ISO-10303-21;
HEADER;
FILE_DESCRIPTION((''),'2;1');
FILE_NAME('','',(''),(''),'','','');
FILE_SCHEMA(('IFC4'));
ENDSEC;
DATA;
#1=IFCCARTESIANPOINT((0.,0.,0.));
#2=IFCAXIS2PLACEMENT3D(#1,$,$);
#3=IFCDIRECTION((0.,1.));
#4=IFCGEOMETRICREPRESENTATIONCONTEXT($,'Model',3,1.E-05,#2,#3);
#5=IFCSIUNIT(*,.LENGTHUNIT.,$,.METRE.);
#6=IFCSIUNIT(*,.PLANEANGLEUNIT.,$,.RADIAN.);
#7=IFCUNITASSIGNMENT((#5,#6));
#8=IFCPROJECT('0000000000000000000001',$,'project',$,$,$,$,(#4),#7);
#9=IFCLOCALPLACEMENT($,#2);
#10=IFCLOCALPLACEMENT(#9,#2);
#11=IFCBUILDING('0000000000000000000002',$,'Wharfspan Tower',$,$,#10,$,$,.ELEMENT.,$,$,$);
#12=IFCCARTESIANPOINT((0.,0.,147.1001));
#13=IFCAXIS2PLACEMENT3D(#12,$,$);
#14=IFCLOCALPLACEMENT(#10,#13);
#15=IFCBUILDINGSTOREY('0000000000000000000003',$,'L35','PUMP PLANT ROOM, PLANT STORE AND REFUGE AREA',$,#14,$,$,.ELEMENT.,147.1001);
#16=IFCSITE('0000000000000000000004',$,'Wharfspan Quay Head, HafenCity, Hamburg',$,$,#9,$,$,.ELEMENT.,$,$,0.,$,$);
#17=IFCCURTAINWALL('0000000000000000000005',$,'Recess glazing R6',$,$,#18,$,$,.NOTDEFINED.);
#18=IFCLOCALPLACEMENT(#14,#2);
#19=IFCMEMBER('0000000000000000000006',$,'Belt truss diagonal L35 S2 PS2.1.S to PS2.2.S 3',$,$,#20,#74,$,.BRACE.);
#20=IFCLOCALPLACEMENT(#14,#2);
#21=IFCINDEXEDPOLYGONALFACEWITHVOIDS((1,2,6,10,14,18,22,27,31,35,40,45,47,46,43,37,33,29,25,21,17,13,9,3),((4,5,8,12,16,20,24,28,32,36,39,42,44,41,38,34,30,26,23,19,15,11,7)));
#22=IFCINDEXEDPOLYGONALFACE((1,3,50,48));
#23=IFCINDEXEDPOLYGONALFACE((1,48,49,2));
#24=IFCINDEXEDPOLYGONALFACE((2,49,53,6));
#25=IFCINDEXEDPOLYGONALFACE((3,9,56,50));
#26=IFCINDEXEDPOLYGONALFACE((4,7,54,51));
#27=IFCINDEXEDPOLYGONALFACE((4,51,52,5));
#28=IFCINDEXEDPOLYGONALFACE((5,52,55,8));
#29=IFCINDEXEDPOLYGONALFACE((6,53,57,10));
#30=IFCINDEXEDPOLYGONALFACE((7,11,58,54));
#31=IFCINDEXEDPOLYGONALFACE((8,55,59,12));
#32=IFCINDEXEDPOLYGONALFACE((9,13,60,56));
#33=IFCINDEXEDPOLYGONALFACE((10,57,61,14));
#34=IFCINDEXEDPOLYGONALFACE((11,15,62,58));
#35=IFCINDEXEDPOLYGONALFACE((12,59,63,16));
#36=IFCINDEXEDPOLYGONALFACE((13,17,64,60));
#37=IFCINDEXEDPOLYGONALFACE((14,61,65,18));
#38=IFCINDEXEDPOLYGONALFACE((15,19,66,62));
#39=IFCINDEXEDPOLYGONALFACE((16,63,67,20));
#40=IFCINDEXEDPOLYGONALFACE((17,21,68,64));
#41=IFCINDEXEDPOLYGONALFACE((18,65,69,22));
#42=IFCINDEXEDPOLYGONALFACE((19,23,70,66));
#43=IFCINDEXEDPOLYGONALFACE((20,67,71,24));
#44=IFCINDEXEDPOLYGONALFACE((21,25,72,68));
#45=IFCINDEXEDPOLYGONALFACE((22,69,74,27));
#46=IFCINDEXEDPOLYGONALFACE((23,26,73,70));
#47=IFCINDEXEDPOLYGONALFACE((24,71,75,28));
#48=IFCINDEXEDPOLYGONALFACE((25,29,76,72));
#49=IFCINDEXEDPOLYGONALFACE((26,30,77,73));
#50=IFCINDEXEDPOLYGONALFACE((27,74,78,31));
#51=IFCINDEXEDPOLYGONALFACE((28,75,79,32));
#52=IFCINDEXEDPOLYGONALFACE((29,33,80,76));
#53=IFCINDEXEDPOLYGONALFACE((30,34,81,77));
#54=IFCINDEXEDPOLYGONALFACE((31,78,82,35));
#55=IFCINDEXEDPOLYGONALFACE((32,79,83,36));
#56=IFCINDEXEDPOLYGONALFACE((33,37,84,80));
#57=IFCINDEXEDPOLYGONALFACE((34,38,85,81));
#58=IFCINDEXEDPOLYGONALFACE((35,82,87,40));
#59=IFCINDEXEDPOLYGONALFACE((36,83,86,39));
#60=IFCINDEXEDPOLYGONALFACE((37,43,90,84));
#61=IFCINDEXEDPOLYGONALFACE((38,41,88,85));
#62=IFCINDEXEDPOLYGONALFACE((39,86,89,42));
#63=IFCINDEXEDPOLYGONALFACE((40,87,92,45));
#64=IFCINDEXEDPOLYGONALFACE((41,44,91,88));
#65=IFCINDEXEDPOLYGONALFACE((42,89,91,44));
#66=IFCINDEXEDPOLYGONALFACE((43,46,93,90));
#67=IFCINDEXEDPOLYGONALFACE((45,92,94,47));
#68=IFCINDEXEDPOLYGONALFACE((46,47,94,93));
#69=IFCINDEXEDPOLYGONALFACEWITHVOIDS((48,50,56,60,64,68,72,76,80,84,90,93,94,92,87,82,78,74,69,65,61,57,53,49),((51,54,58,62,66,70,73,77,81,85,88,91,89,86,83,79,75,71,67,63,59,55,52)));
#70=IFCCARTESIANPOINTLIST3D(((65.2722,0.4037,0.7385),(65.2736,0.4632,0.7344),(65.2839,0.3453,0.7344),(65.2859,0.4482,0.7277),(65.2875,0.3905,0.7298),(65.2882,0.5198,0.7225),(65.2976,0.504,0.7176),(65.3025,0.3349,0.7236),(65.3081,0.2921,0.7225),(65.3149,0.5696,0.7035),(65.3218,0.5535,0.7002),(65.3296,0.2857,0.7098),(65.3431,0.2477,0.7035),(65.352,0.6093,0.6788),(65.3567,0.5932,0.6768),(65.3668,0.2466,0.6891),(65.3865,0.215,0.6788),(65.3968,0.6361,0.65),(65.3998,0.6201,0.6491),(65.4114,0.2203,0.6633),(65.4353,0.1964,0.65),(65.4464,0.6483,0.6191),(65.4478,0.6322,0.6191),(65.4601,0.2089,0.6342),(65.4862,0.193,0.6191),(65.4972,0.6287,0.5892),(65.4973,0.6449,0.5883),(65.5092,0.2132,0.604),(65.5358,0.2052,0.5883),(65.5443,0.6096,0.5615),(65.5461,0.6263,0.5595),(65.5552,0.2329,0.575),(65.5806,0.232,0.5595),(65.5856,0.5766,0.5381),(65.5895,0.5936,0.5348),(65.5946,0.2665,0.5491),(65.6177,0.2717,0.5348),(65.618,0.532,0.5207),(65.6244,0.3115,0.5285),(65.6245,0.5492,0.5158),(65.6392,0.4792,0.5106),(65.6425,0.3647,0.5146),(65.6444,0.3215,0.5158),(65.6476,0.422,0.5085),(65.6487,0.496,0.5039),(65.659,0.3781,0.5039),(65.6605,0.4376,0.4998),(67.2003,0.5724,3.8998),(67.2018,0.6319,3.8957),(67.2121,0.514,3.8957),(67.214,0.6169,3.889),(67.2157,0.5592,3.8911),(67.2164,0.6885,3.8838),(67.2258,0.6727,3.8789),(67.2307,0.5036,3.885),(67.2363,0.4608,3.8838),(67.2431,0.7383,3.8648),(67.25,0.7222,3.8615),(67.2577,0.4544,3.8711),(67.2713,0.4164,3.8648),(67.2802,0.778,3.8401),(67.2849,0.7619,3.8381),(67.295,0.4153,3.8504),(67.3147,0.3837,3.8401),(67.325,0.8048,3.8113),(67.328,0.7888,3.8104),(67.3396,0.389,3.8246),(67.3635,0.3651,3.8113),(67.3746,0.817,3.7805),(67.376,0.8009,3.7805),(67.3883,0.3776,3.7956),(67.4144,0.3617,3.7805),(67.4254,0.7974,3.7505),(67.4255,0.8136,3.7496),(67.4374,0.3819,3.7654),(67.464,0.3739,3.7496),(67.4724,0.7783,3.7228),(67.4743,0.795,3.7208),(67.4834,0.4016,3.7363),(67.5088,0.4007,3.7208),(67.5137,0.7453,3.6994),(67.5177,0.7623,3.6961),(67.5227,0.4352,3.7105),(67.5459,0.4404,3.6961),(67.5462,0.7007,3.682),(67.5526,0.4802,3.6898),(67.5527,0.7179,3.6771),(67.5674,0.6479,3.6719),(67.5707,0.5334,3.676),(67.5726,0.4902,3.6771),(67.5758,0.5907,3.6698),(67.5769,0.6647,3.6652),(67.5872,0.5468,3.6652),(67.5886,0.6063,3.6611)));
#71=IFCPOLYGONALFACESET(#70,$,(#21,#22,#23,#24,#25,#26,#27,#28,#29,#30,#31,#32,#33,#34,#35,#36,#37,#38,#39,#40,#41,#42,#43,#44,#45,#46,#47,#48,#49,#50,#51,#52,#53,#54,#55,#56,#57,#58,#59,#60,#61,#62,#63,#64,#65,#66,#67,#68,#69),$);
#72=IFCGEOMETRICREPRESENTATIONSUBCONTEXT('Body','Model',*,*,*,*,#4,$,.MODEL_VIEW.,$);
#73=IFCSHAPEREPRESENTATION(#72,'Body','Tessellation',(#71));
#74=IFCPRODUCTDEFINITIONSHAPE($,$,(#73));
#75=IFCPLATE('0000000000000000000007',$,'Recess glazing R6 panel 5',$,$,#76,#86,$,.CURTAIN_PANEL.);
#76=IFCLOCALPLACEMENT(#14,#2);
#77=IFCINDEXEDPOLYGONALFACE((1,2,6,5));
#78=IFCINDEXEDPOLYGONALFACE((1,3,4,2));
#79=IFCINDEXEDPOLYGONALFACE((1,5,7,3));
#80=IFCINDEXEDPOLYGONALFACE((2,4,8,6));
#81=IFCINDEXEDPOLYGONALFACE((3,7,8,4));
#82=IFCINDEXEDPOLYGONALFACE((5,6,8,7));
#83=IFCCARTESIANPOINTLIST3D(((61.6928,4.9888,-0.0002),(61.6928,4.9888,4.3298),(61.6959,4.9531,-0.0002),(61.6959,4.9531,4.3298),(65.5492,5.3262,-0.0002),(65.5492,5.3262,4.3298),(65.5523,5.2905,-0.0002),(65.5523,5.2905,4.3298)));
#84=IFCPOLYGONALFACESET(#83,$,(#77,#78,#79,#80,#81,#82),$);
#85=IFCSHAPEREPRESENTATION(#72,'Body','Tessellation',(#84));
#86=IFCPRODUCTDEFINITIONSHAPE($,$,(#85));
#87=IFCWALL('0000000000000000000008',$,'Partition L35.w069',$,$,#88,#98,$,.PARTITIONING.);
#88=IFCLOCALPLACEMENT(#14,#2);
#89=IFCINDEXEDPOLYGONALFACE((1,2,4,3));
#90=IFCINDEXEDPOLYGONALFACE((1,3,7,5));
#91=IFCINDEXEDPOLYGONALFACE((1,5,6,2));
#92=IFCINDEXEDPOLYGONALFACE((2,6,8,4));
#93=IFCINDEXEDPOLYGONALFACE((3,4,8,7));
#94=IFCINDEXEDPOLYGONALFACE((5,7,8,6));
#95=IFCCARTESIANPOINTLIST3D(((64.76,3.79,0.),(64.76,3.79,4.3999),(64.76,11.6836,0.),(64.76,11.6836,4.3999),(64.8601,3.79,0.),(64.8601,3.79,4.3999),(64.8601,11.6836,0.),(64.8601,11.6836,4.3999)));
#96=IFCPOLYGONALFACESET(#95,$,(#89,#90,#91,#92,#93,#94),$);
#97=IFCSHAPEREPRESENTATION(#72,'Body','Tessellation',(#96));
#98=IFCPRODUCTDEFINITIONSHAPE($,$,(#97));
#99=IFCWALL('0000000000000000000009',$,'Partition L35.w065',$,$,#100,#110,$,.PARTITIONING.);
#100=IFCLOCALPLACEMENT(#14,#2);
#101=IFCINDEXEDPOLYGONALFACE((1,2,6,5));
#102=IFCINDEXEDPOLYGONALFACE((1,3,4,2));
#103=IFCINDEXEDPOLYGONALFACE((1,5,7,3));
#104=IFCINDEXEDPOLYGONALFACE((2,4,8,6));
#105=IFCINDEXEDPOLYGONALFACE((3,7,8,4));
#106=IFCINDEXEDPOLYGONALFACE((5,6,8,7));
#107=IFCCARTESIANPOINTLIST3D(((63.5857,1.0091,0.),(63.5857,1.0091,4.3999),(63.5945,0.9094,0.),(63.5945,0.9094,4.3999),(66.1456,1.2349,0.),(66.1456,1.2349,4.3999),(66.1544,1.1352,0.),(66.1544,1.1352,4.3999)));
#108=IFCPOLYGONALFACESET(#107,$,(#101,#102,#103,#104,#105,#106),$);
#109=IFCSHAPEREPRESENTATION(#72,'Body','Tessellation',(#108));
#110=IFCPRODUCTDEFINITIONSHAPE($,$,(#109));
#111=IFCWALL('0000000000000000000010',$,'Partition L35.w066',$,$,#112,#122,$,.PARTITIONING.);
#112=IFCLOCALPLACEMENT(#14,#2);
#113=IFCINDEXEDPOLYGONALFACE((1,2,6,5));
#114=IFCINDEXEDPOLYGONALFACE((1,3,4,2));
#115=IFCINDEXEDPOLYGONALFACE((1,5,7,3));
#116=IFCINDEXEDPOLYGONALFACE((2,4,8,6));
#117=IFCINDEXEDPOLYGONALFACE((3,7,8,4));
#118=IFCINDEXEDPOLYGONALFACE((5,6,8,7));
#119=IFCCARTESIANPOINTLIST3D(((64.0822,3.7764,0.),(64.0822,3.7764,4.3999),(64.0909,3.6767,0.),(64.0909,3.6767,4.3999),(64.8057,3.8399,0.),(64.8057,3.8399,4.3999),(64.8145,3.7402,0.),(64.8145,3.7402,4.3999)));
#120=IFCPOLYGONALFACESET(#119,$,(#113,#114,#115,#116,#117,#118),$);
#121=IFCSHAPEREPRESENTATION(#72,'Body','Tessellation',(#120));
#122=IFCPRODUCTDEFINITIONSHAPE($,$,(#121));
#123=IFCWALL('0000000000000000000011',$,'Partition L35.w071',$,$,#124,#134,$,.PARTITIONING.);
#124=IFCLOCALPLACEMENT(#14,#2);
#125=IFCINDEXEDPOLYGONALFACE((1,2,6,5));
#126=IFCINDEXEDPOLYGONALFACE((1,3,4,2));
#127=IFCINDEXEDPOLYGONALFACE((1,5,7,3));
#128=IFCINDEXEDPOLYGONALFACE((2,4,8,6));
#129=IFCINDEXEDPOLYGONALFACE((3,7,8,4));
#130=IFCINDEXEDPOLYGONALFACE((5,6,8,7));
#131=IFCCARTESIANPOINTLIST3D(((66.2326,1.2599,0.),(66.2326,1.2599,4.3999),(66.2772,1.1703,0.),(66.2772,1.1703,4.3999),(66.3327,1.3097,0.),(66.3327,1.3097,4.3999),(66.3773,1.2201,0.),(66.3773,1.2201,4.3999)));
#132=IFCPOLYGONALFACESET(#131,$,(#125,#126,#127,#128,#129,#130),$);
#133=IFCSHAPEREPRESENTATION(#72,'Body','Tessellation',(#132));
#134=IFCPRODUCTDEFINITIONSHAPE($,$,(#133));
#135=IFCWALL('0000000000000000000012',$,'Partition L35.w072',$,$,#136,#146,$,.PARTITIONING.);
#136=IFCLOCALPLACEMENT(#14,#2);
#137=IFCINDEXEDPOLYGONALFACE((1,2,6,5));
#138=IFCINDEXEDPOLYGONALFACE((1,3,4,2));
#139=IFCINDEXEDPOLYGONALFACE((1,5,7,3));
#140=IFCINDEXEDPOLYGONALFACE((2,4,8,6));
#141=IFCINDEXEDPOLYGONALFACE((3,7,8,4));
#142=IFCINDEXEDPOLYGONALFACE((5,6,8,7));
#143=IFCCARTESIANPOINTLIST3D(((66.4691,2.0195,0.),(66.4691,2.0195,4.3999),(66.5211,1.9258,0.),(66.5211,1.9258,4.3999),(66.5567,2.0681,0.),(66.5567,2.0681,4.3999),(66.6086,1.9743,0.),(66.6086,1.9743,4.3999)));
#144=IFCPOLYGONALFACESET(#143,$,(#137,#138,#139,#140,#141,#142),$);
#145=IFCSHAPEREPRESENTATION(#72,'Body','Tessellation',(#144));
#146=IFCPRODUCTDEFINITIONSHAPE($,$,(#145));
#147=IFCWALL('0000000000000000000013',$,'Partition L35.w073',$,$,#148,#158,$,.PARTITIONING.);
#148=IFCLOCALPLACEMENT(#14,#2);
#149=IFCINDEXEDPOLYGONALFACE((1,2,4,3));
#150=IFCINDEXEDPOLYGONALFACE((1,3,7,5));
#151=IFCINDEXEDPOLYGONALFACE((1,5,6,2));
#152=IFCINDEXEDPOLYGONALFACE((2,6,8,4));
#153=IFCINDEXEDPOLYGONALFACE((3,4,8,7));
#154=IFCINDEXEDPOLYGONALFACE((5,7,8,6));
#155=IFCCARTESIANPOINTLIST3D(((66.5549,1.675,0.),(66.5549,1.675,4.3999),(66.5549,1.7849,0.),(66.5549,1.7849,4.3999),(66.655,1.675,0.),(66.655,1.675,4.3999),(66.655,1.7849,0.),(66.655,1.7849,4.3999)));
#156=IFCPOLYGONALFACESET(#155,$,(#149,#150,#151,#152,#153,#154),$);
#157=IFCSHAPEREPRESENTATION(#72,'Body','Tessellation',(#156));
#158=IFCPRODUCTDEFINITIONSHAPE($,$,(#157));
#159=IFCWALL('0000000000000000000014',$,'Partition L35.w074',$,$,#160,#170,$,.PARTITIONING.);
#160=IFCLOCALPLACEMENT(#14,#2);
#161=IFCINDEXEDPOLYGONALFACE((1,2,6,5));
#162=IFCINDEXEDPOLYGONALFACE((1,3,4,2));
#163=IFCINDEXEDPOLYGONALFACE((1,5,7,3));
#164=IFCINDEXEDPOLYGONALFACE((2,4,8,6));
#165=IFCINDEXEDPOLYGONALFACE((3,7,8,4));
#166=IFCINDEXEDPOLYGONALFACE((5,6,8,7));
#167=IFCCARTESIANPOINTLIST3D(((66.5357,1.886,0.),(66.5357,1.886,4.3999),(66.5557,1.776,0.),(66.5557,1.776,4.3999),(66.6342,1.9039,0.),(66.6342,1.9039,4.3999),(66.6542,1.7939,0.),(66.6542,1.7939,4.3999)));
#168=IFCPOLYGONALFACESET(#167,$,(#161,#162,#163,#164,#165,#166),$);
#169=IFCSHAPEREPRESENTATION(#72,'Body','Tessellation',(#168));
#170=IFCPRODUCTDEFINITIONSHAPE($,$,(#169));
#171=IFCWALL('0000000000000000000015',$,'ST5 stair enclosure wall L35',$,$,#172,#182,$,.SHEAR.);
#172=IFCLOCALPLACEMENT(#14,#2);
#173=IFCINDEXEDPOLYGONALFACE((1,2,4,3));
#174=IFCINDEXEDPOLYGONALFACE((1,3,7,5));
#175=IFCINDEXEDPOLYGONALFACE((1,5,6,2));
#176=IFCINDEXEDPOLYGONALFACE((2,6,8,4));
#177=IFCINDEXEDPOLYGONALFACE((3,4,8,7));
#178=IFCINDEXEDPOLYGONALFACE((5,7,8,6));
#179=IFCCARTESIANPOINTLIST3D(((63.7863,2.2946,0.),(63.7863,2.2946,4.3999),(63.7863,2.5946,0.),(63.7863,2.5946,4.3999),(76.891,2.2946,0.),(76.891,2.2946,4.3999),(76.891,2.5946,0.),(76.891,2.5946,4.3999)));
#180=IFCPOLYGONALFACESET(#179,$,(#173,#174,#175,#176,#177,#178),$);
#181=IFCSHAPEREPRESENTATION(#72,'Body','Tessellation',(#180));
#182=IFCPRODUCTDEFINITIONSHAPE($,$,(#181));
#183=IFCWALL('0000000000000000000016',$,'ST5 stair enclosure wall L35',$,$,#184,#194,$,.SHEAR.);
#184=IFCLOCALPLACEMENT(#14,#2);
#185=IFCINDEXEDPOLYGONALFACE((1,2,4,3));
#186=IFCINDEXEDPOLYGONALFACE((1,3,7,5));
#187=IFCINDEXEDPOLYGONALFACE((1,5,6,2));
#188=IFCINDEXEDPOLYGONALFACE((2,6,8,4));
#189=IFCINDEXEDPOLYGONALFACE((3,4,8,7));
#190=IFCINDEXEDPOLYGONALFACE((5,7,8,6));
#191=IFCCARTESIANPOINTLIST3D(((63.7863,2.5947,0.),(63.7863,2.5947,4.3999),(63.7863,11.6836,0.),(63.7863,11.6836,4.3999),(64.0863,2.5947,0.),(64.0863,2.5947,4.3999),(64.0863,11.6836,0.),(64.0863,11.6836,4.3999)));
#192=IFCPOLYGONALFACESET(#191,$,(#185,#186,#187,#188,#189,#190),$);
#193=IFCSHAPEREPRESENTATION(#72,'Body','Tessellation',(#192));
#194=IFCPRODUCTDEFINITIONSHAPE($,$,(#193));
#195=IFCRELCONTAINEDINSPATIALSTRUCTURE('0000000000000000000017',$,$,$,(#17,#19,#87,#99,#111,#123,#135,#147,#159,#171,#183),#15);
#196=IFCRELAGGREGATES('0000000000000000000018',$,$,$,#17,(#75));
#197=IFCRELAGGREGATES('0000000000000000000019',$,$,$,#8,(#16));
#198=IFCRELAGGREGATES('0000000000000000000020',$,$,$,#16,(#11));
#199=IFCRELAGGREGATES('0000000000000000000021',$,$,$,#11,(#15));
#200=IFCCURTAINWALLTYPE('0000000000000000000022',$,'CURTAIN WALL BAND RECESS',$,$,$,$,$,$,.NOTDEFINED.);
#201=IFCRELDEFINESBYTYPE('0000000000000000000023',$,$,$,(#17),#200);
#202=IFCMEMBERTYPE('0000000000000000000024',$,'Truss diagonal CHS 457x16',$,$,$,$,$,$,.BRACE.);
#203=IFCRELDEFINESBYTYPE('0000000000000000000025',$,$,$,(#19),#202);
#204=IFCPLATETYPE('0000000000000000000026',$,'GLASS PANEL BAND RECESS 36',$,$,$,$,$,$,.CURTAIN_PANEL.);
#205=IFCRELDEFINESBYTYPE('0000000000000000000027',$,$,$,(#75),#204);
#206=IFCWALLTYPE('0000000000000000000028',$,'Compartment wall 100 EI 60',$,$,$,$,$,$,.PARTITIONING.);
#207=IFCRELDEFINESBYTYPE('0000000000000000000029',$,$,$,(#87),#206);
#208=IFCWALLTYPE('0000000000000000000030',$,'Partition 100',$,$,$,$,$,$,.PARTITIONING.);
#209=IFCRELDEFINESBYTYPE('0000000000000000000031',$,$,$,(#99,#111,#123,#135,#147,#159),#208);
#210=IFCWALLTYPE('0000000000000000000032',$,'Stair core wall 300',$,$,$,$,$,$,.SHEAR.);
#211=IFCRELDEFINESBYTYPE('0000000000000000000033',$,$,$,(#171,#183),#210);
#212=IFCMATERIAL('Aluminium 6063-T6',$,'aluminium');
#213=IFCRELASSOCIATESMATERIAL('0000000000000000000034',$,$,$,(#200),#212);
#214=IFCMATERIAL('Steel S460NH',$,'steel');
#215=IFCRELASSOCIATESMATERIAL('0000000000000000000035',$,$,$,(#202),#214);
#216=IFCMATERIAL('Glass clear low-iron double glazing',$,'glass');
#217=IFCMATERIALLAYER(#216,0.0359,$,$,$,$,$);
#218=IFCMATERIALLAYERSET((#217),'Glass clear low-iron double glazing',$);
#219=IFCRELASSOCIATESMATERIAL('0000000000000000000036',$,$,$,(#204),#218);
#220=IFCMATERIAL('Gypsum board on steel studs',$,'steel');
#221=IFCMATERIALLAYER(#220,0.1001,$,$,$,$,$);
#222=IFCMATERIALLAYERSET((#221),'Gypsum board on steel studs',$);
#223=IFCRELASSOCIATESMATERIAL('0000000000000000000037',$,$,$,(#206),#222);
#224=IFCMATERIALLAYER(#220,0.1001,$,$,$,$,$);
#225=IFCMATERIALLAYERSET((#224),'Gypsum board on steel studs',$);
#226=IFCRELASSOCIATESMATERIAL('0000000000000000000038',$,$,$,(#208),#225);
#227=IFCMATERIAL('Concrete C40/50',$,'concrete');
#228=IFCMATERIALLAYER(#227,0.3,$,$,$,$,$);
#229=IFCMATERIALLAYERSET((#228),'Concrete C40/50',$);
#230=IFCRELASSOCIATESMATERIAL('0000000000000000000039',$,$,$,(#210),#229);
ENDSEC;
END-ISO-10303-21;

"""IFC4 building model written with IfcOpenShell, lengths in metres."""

from ifc_helpers import new_model, si_unit, direction, frame, frame_2d, origin, origin_2d, place, context, subcontext, project, spatial, rectangle, hollow_circle, extrude, material, layer, layer_set, material_profile, profile_set, type_object, element, aggregate, save


model = new_model("IFC4")

# Units and contexts
model_context = context("Model", 3, precision=1e-05, world=origin(), true_north=direction((0.0, 1.0)))
body_context = subcontext(model_context, "Body", "Model", "MODEL_VIEW")
ifc_project = project(units=[si_unit("LENGTHUNIT", "METRE"), si_unit("PLANEANGLEUNIT", "RADIAN")], contexts=[model_context])

# Site, building, storey
site_placement = place(None, origin())
site = spatial("IfcSite", under=ifc_project, at=site_placement, Name="Wharfspan Quay Head, HafenCity, Hamburg", CompositionType="ELEMENT", RefElevation=0.0)
building_placement = place(site_placement, origin())
building = spatial("IfcBuilding", under=site, at=building_placement, Name="Wharfspan Tower", CompositionType="ELEMENT")
storey_placement = place(building_placement, frame((0.0, 0.0, 147.1001)))
storey = spatial("IfcBuildingStorey", under=building, at=storey_placement, Name="L35", Description="PUMP PLANT ROOM, PLANT STORE AND REFUGE AREA", CompositionType="ELEMENT", Elevation=147.1001)

# Shared definitions
ifc_material_1 = material(Name="Concrete C40/50", Category="concrete")

# Curtain wall
ifc_material_2 = material(Name="Aluminium 6063-T6", Category="aluminium")
curtain_wall_type = type_object("IfcCurtainWallType", Name="CURTAIN WALL BAND RECESS", PredefinedType="NOTDEFINED", material=ifc_material_2)
curtain_wall_placement = place(storey_placement, origin())
curtain_wall = element("IfcCurtainWall", 1, at=curtain_wall_placement, inside=storey, type_object=curtain_wall_type, Name="Recess glazing R6", PredefinedType="NOTDEFINED")

# Member
ifc_material_3 = material(Name="Steel S460NH", Category="steel")
ifc_material_profile_1 = material_profile(ifc_material_3, hollow_circle(Radius=0.2285, WallThickness=0.0161, at=origin_2d()))
ifc_profile_set_1 = profile_set([ifc_material_profile_1], Name="Steel S460NH")
member_type_1 = type_object("IfcMemberType", Name="Truss diagonal CHS 457x16", PredefinedType="BRACE", material=ifc_profile_set_1)
for number, where, z_axis, x_axis, name in (
    (2, (65.4663, 0.4207, 0.6191), (0.520177, 0.045511, 0.852845), (-0.087157, 0.996197, -0.000001), "Belt truss diagonal L35 S2 PS2.1.S to PS2.2.S 3"),
):
    element("IfcMember", number, at=place(storey_placement, frame(where, z_axis=z_axis, x_axis=x_axis)), inside=storey, type_object=member_type_1, Name=name, PredefinedType="BRACE", context=body_context, shape_type="SweptSolid", body=[
        extrude(hollow_circle(Radius=0.2285, WallThickness=0.0161, at=origin_2d()), origin(), (0.0, 0.0, 1.0), 3.7068),
    ])

# Plate
ifc_material_4 = material(Name="Glass clear low-iron double glazing", Category="glass")
ifc_layer_1 = layer(ifc_material_4, 0.0359)
ifc_layer_set_1 = layer_set([ifc_layer_1], Name="Glass clear low-iron double glazing")
plate_type = type_object("IfcPlateType", Name="GLASS PANEL BAND RECESS 36", PredefinedType="CURTAIN_PANEL", material=ifc_layer_set_1)
plate_placement = place(storey_placement, frame((63.6226, 5.1396, -0.0002), z_axis=(0.0, 0.0, 1.0), x_axis=(-0.996198, -0.087156, 0.0)))
plate = element("IfcPlate", 3, at=plate_placement, type_object=plate_type, Name="Recess glazing R6 panel 5", PredefinedType="CURTAIN_PANEL", context=body_context, shape_type="SweptSolid", body=[
    extrude(rectangle(XDim=3.8711, YDim=0.0359, at=origin_2d()), origin(), (0.0, 0.0, 1.0), 4.3301),
])
aggregate(curtain_wall, [plate])

# Walls
ifc_material_5 = material(Name="Gypsum board on steel studs", Category="steel")
ifc_layer_2 = layer(ifc_material_5, 0.1001)
ifc_layer_set_2 = layer_set([ifc_layer_2], Name="Gypsum board on steel studs")
wall_type_1 = type_object("IfcWallType", Name="Compartment wall 100 EI 60", PredefinedType="PARTITIONING", material=ifc_layer_set_2)
wall_1_placement = place(storey_placement, frame((64.8101, 3.79, 0.0), z_axis=(0.0, 0.0, 1.0), x_axis=(0.0, 1.0, 0.0)))
element("IfcWall", 4, at=wall_1_placement, inside=storey, type_object=wall_type_1, Name="Partition L35.w069", PredefinedType="PARTITIONING", context=body_context, shape_type="SweptSolid", body=[
    extrude(rectangle(XDim=7.8936, YDim=0.1001, at=frame_2d((3.9468, 0.0))), origin(), (0.0, 0.0, 1.0), 4.3999),
])
ifc_layer_3 = layer(ifc_material_5, 0.1001)
ifc_layer_set_3 = layer_set([ifc_layer_3], Name="Gypsum board on steel studs")
wall_type_2 = type_object("IfcWallType", Name="Partition 100", PredefinedType="PARTITIONING", material=ifc_layer_set_3)
wall_2_placement = place(storey_placement, frame((63.5901, 0.9592, 0.0), z_axis=(0.0, 0.0, 1.0), x_axis=(0.996132, 0.08788, 0.0)))
element("IfcWall", 5, at=wall_2_placement, inside=storey, type_object=wall_type_2, Name="Partition L35.w065", PredefinedType="PARTITIONING", context=body_context, shape_type="SweptSolid", body=[
    extrude(rectangle(XDim=2.5698, YDim=0.1001, at=frame_2d((1.2849, 0.0))), origin(), (0.0, 0.0, 1.0), 4.3999),
])
wall_3_placement = place(storey_placement, frame((64.0864, 3.7266, 0.0), z_axis=(0.0, 0.0, 1.0), x_axis=(0.996178, 0.087384, 0.0)))
element("IfcWall", 6, at=wall_3_placement, inside=storey, type_object=wall_type_2, Name="Partition L35.w066", PredefinedType="PARTITIONING", context=body_context, shape_type="SweptSolid", body=[
    extrude(rectangle(XDim=0.7263, YDim=0.1001, at=frame_2d((0.3633, 0.0))), origin(), (0.0, 0.0, 1.0), 4.3999),
])
wall_4_placement = place(storey_placement, frame((66.2549, 1.2151, 0.0), z_axis=(0.0, 0.0, 1.0), x_axis=(0.895295, 0.445464, 0.0)))
element("IfcWall", 7, at=wall_4_placement, inside=storey, type_object=wall_type_2, Name="Partition L35.w071", PredefinedType="PARTITIONING", context=body_context, shape_type="SweptSolid", body=[
    extrude(rectangle(XDim=0.1118, YDim=0.1001, at=frame_2d((0.0559, 0.0))), origin(), (0.0, 0.0, 1.0), 4.3999),
])
wall_5_placement = place(storey_placement, frame((66.5649, 1.95, 0.0), z_axis=(0.0, 0.0, 1.0), x_axis=(-0.485062, 0.874478, 0.0)))
element("IfcWall", 8, at=wall_5_placement, inside=storey, type_object=wall_type_2, Name="Partition L35.w072", PredefinedType="PARTITIONING", context=body_context, shape_type="SweptSolid", body=[
    extrude(rectangle(XDim=0.1072, YDim=0.1001, at=frame_2d((0.0537, 0.0))), origin(), (0.0, 0.0, 1.0), 4.3999),
])
wall_6_placement = place(storey_placement, frame((66.605, 1.675, 0.0), z_axis=(0.0, 0.0, 1.0), x_axis=(0.0, 1.0, 0.0)))
element("IfcWall", 9, at=wall_6_placement, inside=storey, type_object=wall_type_2, Name="Partition L35.w073", PredefinedType="PARTITIONING", context=body_context, shape_type="SweptSolid", body=[
    extrude(rectangle(XDim=0.1099, YDim=0.1001, at=frame_2d((0.0549, 0.0))), origin(), (0.0, 0.0, 1.0), 4.3999),
])
wall_7_placement = place(storey_placement, frame((66.605, 1.7849, 0.0), z_axis=(0.0, 0.0, 1.0), x_axis=(-0.178886, 0.983873, 0.0)))
element("IfcWall", 10, at=wall_7_placement, inside=storey, type_object=wall_type_2, Name="Partition L35.w074", PredefinedType="PARTITIONING", context=body_context, shape_type="SweptSolid", body=[
    extrude(rectangle(XDim=0.1118, YDim=0.1001, at=frame_2d((0.0559, 0.0))), origin(), (0.0, 0.0, 1.0), 4.3999),
])
ifc_layer_4 = layer(ifc_material_1, 0.3)
ifc_layer_set_4 = layer_set([ifc_layer_4], Name="Concrete C40/50")
wall_type_3 = type_object("IfcWallType", Name="Stair core wall 300", PredefinedType="SHEAR", material=ifc_layer_set_4)
wall_8_placement = place(storey_placement, frame((63.7864, 2.4446, 0.0), z_axis=(0.0, 0.0, 1.0), x_axis=(1.0, 0.0, 0.0)))
element("IfcWall", 11, at=wall_8_placement, inside=storey, type_object=wall_type_3, Name="ST5 stair enclosure wall L35", PredefinedType="SHEAR", context=body_context, shape_type="SweptSolid", body=[
    extrude(rectangle(XDim=13.1047, YDim=0.3, at=frame_2d((6.5522, 0.0))), origin(), (0.0, 0.0, 1.0), 4.3999),
])
wall_9_placement = place(storey_placement, frame((63.9363, 2.5947, 0.0), z_axis=(0.0, 0.0, 1.0), x_axis=(0.0, 1.0, 0.0)))
element("IfcWall", 12, at=wall_9_placement, inside=storey, type_object=wall_type_3, Name="ST5 stair enclosure wall L35", PredefinedType="SHEAR", context=body_context, shape_type="SweptSolid", body=[
    extrude(rectangle(XDim=9.0889, YDim=0.3, at=frame_2d((4.5444, 0.0))), origin(), (0.0, 0.0, 1.0), 4.3999),
])

save(model, "model.ifc")
